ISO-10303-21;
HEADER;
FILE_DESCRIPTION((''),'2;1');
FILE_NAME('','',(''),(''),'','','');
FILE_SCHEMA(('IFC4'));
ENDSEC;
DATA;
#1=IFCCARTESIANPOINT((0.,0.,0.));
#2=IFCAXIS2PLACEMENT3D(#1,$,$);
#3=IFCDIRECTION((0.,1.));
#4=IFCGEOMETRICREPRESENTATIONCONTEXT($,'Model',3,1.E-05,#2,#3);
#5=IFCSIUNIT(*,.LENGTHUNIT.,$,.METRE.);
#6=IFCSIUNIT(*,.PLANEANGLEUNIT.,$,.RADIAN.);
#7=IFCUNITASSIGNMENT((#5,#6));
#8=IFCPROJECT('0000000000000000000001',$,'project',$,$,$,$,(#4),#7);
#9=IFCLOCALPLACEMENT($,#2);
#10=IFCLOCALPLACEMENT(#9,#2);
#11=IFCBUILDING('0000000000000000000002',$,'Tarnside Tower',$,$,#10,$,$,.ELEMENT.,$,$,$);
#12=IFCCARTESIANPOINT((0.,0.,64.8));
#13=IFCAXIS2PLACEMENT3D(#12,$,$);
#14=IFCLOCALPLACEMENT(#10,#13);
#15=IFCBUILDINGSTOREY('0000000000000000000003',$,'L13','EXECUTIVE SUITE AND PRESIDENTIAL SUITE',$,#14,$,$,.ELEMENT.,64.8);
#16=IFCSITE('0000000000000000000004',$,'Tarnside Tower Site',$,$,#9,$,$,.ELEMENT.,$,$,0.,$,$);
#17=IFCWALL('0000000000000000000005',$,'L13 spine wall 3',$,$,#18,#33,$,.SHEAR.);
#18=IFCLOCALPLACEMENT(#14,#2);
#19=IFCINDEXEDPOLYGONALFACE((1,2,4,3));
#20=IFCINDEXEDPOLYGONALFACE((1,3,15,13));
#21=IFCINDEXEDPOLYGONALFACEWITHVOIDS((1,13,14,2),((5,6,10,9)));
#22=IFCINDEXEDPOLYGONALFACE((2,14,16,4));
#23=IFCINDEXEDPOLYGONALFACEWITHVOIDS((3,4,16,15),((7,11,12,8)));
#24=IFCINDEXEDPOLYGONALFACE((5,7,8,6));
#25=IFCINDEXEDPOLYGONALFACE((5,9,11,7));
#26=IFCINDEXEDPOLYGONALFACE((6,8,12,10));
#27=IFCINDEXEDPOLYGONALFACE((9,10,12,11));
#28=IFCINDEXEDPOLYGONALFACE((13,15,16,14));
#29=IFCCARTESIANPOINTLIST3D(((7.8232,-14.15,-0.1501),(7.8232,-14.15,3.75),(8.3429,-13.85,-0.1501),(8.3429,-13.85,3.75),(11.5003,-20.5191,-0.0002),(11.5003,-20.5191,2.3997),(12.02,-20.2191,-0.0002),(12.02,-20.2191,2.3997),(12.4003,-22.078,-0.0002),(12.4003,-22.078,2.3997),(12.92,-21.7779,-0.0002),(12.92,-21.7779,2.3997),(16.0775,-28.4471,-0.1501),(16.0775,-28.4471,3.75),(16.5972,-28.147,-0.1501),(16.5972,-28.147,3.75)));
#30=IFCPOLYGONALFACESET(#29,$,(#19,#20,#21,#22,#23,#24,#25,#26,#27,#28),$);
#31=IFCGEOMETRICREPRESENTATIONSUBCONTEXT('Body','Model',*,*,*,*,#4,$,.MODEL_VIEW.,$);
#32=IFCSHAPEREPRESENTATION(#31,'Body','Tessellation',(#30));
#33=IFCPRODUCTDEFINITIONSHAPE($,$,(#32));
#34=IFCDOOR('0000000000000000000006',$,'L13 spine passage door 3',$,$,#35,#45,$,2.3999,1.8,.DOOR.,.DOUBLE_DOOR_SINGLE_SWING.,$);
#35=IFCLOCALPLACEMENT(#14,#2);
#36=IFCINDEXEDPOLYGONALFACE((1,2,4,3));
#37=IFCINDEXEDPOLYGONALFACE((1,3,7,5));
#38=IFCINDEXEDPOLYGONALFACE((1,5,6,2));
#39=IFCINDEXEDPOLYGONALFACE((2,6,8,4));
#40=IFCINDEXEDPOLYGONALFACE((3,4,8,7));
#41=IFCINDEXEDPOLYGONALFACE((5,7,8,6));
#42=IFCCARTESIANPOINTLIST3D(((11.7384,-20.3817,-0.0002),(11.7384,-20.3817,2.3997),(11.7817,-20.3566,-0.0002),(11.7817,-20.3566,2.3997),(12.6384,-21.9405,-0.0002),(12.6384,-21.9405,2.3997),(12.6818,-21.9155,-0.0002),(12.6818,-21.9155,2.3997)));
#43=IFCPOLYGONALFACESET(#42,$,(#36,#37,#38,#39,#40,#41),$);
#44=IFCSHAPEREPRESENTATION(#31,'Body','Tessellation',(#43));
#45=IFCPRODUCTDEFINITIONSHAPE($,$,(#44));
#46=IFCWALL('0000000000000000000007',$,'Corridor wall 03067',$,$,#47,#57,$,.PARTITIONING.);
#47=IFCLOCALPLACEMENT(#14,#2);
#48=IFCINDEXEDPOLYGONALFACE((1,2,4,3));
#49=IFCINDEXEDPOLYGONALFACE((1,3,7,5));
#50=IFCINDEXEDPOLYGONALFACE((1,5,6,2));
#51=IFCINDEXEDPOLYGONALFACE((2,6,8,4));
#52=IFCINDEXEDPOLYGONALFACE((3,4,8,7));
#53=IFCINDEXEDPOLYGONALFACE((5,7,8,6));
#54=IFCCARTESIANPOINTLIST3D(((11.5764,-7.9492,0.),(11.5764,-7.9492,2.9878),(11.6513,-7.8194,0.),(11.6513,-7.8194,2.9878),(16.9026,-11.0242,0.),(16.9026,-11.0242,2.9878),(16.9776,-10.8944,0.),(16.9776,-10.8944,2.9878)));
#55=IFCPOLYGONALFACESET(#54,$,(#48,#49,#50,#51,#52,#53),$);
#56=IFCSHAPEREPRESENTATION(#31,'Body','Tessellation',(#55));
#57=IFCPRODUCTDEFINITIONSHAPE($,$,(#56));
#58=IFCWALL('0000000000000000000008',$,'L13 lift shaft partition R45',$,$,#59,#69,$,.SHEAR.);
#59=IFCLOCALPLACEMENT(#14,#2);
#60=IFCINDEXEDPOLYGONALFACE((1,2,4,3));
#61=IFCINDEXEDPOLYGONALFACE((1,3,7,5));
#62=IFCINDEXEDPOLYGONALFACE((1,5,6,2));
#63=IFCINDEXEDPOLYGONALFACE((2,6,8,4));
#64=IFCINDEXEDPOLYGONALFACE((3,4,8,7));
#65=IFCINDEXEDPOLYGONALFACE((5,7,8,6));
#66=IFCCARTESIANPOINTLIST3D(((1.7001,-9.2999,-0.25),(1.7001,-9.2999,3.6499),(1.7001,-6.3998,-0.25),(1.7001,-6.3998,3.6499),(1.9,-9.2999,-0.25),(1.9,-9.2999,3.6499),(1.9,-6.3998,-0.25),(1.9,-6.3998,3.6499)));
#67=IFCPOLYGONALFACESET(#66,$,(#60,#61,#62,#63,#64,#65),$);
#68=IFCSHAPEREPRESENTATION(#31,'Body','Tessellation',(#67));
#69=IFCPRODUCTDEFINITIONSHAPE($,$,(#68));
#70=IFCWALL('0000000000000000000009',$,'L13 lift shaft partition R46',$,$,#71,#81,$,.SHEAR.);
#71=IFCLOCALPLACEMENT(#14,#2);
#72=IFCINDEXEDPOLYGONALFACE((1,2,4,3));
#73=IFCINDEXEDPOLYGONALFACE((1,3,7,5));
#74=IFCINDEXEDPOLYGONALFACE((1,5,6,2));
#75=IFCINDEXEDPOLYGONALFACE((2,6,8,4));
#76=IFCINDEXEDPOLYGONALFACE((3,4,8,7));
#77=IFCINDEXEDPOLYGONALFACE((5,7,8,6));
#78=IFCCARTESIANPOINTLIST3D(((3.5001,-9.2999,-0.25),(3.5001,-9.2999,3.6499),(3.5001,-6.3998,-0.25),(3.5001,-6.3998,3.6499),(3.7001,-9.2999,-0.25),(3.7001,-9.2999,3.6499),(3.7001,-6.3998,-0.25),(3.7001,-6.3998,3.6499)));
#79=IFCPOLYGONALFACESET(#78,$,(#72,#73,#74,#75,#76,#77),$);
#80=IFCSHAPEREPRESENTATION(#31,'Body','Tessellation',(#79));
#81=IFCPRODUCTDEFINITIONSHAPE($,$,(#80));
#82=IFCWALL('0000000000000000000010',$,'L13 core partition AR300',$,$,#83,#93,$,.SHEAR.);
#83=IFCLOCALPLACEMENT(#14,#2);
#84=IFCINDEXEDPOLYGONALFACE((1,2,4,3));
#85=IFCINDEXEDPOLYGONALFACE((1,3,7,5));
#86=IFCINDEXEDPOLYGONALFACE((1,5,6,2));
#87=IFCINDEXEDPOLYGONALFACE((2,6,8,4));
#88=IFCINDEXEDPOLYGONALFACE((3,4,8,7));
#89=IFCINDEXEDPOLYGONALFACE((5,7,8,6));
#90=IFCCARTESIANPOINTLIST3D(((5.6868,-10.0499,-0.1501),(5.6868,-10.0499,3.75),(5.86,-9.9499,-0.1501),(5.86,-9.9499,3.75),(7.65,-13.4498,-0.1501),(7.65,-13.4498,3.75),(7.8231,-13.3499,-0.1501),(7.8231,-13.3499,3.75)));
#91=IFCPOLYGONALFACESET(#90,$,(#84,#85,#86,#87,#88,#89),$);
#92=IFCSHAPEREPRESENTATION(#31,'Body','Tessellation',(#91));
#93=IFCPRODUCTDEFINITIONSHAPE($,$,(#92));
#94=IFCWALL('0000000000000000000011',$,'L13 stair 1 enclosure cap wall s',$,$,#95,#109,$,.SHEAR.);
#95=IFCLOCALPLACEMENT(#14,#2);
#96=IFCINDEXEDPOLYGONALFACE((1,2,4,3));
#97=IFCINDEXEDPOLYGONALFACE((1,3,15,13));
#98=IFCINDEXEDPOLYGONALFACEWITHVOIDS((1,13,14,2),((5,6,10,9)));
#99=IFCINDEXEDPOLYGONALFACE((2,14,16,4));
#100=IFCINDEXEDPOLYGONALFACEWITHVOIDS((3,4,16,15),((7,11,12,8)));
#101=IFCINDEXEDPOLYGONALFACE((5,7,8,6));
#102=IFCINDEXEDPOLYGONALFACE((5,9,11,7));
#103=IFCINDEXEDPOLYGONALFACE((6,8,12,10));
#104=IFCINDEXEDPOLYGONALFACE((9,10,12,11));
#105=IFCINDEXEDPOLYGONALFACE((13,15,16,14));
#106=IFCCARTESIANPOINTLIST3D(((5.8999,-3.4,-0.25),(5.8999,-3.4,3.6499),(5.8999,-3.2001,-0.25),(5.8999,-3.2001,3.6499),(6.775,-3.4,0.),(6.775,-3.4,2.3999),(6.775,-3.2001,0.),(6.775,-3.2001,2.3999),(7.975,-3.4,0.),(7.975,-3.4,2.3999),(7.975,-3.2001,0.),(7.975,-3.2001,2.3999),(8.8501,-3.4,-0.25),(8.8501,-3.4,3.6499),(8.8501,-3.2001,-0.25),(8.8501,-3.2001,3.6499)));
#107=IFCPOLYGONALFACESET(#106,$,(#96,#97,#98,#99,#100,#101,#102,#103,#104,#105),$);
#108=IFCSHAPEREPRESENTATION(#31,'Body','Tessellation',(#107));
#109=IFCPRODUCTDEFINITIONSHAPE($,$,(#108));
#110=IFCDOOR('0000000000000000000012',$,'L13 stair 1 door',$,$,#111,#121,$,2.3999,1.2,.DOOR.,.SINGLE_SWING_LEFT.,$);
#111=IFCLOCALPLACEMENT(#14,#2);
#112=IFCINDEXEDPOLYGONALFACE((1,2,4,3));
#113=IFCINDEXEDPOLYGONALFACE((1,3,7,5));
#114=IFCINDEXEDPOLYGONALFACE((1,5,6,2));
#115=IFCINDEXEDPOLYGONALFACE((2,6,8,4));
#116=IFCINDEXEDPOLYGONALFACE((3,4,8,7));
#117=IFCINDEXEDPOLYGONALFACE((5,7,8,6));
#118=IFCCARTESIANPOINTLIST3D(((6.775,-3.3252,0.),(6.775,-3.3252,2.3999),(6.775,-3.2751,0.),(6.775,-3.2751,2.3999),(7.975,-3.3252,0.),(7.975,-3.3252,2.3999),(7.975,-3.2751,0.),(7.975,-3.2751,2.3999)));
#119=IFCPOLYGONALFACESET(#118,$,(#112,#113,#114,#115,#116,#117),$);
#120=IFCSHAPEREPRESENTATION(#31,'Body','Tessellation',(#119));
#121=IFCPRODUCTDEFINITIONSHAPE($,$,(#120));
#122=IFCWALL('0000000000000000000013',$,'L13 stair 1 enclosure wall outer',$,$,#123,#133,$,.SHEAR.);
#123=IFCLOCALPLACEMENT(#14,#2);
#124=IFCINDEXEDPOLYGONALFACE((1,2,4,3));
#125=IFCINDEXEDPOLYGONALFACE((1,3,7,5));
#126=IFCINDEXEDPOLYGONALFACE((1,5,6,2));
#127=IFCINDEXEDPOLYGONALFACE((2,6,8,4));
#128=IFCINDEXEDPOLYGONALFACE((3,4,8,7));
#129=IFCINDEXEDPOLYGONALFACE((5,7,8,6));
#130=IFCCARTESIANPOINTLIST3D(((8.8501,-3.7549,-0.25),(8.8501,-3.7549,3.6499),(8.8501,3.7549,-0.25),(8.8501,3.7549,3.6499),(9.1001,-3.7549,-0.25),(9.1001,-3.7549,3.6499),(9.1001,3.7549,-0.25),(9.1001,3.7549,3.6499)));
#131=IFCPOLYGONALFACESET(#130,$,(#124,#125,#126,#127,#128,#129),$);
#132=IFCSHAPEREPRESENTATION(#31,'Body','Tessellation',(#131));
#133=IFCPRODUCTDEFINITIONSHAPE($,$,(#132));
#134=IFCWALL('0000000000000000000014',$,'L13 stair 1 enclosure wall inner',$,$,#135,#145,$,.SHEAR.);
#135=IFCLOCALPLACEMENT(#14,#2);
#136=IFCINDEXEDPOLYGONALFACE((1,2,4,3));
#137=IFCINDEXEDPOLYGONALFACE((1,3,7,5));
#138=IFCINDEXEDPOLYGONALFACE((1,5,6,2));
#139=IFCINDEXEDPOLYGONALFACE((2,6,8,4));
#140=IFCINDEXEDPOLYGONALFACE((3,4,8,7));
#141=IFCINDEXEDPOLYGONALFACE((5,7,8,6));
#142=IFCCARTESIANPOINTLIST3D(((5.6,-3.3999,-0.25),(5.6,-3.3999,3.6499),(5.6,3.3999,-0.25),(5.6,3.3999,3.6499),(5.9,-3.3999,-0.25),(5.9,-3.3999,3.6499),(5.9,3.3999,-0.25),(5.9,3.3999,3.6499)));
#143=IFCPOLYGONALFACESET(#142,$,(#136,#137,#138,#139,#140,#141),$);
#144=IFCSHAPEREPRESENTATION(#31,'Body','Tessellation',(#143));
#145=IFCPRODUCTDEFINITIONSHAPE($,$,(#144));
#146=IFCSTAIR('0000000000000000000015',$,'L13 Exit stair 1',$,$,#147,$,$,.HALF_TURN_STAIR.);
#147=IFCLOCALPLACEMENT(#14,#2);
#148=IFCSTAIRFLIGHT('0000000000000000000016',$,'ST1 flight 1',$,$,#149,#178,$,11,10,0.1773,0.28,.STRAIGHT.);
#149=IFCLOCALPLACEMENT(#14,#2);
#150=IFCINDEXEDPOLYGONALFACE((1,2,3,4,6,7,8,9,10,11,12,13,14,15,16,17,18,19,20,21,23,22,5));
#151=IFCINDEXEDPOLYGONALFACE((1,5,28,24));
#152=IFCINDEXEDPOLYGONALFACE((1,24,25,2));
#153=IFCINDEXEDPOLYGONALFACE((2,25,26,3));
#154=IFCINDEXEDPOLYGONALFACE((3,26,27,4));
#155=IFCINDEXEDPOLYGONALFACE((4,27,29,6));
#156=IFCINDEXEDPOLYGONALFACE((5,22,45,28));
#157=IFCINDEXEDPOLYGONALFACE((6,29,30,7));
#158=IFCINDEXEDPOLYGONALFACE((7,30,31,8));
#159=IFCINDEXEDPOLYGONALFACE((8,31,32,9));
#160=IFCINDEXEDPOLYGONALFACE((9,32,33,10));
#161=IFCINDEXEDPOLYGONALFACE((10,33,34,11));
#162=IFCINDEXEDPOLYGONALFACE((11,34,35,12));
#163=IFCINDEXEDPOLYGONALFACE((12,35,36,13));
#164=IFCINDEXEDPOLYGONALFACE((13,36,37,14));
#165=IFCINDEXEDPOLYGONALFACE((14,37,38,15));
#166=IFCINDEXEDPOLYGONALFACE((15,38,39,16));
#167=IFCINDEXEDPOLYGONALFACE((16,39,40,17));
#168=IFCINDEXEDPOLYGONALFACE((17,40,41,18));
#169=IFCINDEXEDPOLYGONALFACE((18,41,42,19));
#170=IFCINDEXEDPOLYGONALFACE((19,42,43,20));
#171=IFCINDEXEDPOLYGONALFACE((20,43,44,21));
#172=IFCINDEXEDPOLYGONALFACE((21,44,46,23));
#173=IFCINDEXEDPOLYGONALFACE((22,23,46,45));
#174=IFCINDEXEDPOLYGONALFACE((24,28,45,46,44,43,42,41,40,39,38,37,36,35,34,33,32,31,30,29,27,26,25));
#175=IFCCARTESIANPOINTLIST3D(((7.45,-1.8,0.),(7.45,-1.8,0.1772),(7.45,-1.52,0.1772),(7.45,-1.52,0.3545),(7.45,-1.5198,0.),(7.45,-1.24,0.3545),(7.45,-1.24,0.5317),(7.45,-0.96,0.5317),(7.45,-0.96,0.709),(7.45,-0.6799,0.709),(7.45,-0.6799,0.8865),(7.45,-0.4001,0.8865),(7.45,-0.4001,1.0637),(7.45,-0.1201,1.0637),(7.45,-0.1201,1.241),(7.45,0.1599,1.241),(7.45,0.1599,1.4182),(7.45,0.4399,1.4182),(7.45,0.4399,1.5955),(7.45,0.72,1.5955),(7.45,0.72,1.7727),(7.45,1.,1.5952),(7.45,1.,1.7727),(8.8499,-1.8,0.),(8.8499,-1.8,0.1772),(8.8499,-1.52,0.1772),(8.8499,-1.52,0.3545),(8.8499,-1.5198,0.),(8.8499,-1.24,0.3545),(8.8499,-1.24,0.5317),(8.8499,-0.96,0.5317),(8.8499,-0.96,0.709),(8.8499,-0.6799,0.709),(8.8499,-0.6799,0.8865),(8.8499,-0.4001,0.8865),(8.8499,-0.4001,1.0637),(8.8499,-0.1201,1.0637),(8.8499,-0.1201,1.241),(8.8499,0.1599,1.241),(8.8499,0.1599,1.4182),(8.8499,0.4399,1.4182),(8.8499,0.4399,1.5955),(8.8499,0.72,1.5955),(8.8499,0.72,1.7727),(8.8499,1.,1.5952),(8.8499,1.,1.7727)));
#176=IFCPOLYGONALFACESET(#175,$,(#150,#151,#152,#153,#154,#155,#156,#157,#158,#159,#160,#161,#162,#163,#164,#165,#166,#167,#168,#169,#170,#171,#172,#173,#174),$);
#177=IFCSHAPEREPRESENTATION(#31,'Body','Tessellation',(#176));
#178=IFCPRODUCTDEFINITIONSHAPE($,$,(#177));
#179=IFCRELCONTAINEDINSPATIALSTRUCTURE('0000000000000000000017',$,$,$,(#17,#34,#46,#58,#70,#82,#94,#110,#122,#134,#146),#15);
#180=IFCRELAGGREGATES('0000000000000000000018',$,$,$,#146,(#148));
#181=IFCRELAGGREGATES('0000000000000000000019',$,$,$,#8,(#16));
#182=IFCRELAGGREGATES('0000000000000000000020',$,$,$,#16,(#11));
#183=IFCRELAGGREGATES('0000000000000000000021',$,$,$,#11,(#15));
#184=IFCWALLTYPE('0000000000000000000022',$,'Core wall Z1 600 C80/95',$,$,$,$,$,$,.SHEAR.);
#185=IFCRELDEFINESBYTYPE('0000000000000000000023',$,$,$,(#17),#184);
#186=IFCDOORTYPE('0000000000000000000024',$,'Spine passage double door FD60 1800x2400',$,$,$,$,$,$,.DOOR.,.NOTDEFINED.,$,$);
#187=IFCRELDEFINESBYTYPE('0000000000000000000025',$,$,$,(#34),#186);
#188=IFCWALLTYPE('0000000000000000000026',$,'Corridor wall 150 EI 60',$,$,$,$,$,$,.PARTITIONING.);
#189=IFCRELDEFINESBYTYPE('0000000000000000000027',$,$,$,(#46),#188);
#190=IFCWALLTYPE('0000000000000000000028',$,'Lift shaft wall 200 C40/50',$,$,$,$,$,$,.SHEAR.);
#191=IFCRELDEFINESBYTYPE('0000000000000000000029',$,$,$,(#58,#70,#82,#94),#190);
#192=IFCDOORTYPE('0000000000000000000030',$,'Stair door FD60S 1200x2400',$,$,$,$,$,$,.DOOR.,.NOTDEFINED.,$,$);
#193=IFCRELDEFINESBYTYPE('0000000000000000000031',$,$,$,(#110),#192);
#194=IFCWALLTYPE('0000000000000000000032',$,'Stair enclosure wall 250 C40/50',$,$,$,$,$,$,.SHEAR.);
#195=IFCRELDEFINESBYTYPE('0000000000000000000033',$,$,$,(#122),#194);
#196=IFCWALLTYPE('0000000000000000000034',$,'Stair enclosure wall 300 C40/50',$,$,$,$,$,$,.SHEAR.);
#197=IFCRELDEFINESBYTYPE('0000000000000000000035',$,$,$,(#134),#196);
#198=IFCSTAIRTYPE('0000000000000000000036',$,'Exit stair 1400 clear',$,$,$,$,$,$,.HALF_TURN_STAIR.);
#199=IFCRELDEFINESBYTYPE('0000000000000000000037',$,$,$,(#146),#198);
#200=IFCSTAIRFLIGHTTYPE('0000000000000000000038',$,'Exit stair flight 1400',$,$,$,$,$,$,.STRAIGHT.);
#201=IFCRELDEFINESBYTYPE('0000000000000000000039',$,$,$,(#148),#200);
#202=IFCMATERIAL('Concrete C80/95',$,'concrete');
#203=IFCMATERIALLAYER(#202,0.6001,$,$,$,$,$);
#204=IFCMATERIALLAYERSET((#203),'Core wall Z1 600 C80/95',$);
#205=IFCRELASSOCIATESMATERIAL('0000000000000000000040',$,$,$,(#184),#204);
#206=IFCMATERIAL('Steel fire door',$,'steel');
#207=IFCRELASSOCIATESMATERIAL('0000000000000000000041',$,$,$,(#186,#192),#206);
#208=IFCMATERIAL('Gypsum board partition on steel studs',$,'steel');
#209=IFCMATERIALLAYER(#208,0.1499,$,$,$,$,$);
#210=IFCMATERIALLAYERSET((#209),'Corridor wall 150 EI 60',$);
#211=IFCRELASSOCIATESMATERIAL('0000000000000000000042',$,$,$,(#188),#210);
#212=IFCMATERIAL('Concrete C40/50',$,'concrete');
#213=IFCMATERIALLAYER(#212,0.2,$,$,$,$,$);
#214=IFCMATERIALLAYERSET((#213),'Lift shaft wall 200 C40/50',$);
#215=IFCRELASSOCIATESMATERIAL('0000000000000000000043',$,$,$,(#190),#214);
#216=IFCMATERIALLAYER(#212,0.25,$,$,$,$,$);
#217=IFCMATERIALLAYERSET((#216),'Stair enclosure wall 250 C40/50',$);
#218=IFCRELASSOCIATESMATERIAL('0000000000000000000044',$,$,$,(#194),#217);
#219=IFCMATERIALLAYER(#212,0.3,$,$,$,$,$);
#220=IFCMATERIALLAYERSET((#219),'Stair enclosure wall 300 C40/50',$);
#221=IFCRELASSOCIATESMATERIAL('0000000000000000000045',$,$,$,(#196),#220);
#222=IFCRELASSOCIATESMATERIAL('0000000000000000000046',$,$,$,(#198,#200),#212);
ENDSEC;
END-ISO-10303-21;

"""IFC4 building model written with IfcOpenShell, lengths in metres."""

from ifc_helpers import new_model, si_unit, direction, frame, frame_2d, origin, place, context, subcontext, project, spatial, polyline, rectangle, outline, extrude, material, layer, layer_set, type_object, element, fill, aggregate, save


model = new_model("IFC4")

# Units and contexts
model_context = context("Model", 3, precision=1e-05, world=origin(), true_north=direction((0.0, 1.0)))
body_context = subcontext(model_context, "Body", "Model", "MODEL_VIEW")
ifc_project = project(units=[si_unit("LENGTHUNIT", "METRE"), si_unit("PLANEANGLEUNIT", "RADIAN")], contexts=[model_context])

# Site, building, storey
site_placement = place(None, origin())
site = spatial("IfcSite", under=ifc_project, at=site_placement, Name="Tarnside Tower Site", CompositionType="ELEMENT", RefElevation=0.0)
building_placement = place(site_placement, origin())
building = spatial("IfcBuilding", under=site, at=building_placement, Name="Tarnside Tower", CompositionType="ELEMENT")
storey_placement = place(building_placement, frame((0.0, 0.0, 64.8)))
storey = spatial("IfcBuildingStorey", under=building, at=storey_placement, Name="L13", Description="EXECUTIVE SUITE AND PRESIDENTIAL SUITE", CompositionType="ELEMENT", Elevation=64.8)

# Shared definitions
ifc_material_1 = material(Name="Concrete C40/50", Category="concrete")

# Wall, opening, door
ifc_material_2 = material(Name="Steel fire door", Category="steel")
ifc_material_3 = material(Name="Concrete C80/95", Category="concrete")
ifc_layer_1 = layer(ifc_material_3, 0.6001)
ifc_layer_set_1 = layer_set([ifc_layer_1], Name="Core wall Z1 600 C80/95")
wall_type_1 = type_object("IfcWallType", Name="Core wall Z1 600 C80/95", PredefinedType="SHEAR", material=ifc_layer_set_1)
wall_1_placement = place(storey_placement, frame((8.083, -14.0, -0.1501), z_axis=(0.0, 0.0, 1.0), x_axis=(0.499998, -0.866027, 0.0)))
wall_1 = element("IfcWall", 1, at=wall_1_placement, inside=storey, type_object=wall_type_1, Name="L13 spine wall 3", PredefinedType="SHEAR", context=body_context, shape_type="SweptSolid", body=[
    extrude(rectangle(XDim=16.5088, YDim=0.6001, at=frame_2d((8.2544, 0.0))), origin(), (0.0, 0.0, 1.0), 3.9001),
])
opening_1_placement = place(wall_1_placement, frame((7.3545, 0.0, 0.1499)))
opening_1 = element("IfcOpeningElement", 2, at=opening_1_placement, cuts=wall_1, PredefinedType="OPENING", context=body_context, shape_type="SweptSolid", body=[
    extrude(rectangle(XDim=1.8, YDim=2.3999, at=frame_2d((0.8999, 1.2))), frame((0.0, 0.3101, 0.0), z_axis=(0.0, -1.0, 0.0), x_axis=(1.0, 0.0, 0.0)), (0.0, 0.0, 1.0), 0.6201),
])
door_type_1 = type_object("IfcDoorType", Name="Spine passage double door FD60 1800x2400", OperationType="NOTDEFINED", PredefinedType="DOOR", material=ifc_material_2)
door_1_placement = place(opening_1_placement, origin())
door_1 = element("IfcDoor", 3, at=door_1_placement, inside=storey, type_object=door_type_1, Name="L13 spine passage door 3", OperationType="DOUBLE_DOOR_SINGLE_SWING", OverallHeight=2.3999, OverallWidth=1.8, PredefinedType="DOOR", context=body_context, shape_type="SweptSolid", body=[
    extrude(rectangle(XDim=1.8, YDim=2.3999, at=frame_2d((0.8999, 1.2))), frame((0.0, 0.0249, 0.0), z_axis=(0.0, -1.0, 0.0), x_axis=(1.0, 0.0, 0.0)), (0.0, 0.0, 1.0), 0.05),
])
fill(opening_1, door_1)

# Walls
ifc_material_4 = material(Name="Gypsum board partition on steel studs", Category="steel")
ifc_layer_2 = layer(ifc_material_4, 0.1499)
ifc_layer_set_2 = layer_set([ifc_layer_2], Name="Corridor wall 150 EI 60")
wall_type_2 = type_object("IfcWallType", Name="Corridor wall 150 EI 60", PredefinedType="PARTITIONING", material=ifc_layer_set_2)
wall_2_placement = place(storey_placement, frame((11.6138, -7.8843, 0.0), z_axis=(0.0, 0.0, 1.0), x_axis=(0.866034, -0.499986, 0.0)))
element("IfcWall", 4, at=wall_2_placement, inside=storey, type_object=wall_type_2, Name="Corridor wall 03067", PredefinedType="PARTITIONING", context=body_context, shape_type="SweptSolid", body=[
    extrude(rectangle(XDim=6.1501, YDim=0.1499, at=frame_2d((3.0752, 0.0))), origin(), (0.0, 0.0, 1.0), 2.9878),
])
ifc_layer_3 = layer(ifc_material_1, 0.2)
ifc_layer_set_3 = layer_set([ifc_layer_3], Name="Lift shaft wall 200 C40/50")
wall_type_3 = type_object("IfcWallType", Name="Lift shaft wall 200 C40/50", PredefinedType="SHEAR", material=ifc_layer_set_3)
for number, where, z_axis, x_axis, name in (
    (5, (1.8, -9.3, -0.25), (0.0, 0.0, 1.0), (0.0, 1.0, 0.0), "L13 lift shaft partition R45"),
    (6, (3.6001, -9.3, -0.25), (0.0, 0.0, 1.0), (0.0, 1.0, 0.0), "L13 lift shaft partition R46"),
):
    element("IfcWall", number, at=place(storey_placement, frame(where, z_axis=z_axis, x_axis=x_axis)), inside=storey, type_object=wall_type_3, Name=name, PredefinedType="SHEAR", context=body_context, shape_type="SweptSolid", body=[
        extrude(rectangle(XDim=2.9001, YDim=0.2, at=frame_2d((1.4502, 0.0))), origin(), (0.0, 0.0, 1.0), 3.8999),
    ])
wall_3_placement = place(storey_placement, frame((5.7734, -10.0, -0.1501), z_axis=(0.0, 0.0, 1.0), x_axis=(0.500038, -0.866003, 0.0)))
element("IfcWall", 7, at=wall_3_placement, inside=storey, type_object=wall_type_3, Name="L13 core partition AR300", PredefinedType="SHEAR", context=body_context, shape_type="SweptSolid", body=[
    extrude(rectangle(XDim=3.926, YDim=0.2, at=frame_2d((1.9629, 0.0))), origin(), (0.0, 0.0, 1.0), 3.9001),
])

# Wall, opening, door
wall_4_placement = place(storey_placement, frame((5.8999, -3.3, -0.25), z_axis=(0.0, 0.0, 1.0), x_axis=(1.0, 0.0, 0.0)))
wall_4 = element("IfcWall", 8, at=wall_4_placement, inside=storey, type_object=wall_type_3, Name="L13 stair 1 enclosure cap wall s", PredefinedType="SHEAR", context=body_context, shape_type="SweptSolid", body=[
    extrude(rectangle(XDim=2.9502, YDim=0.2, at=frame_2d((1.4751, 0.0))), origin(), (0.0, 0.0, 1.0), 3.8999),
])
opening_2_placement = place(wall_4_placement, frame((0.875, 0.0, 0.25)))
opening_2 = element("IfcOpeningElement", 9, at=opening_2_placement, cuts=wall_4, PredefinedType="OPENING", context=body_context, shape_type="SweptSolid", body=[
    extrude(rectangle(XDim=1.2, YDim=2.3999, at=frame_2d((0.6001, 1.2))), frame((0.0, 0.1099, 0.0), z_axis=(0.0, -1.0, 0.0), x_axis=(1.0, 0.0, 0.0)), (0.0, 0.0, 1.0), 0.22),
])
door_type_2 = type_object("IfcDoorType", Name="Stair door FD60S 1200x2400", OperationType="NOTDEFINED", PredefinedType="DOOR", material=ifc_material_2)
door_2_placement = place(opening_2_placement, origin())
door_2 = element("IfcDoor", 10, at=door_2_placement, inside=storey, type_object=door_type_2, Name="L13 stair 1 door", OperationType="SINGLE_SWING_LEFT", OverallHeight=2.3999, OverallWidth=1.2, PredefinedType="DOOR", context=body_context, shape_type="SweptSolid", body=[
    extrude(rectangle(XDim=1.2, YDim=2.3999, at=frame_2d((0.6001, 1.2))), frame((0.0, 0.0249, 0.0), z_axis=(0.0, -1.0, 0.0), x_axis=(1.0, 0.0, 0.0)), (0.0, 0.0, 1.0), 0.05),
])
fill(opening_2, door_2)

# Walls
ifc_layer_4 = layer(ifc_material_1, 0.25)
ifc_layer_set_4 = layer_set([ifc_layer_4], Name="Stair enclosure wall 250 C40/50")
wall_type_4 = type_object("IfcWallType", Name="Stair enclosure wall 250 C40/50", PredefinedType="SHEAR", material=ifc_layer_set_4)
wall_5_placement = place(storey_placement, frame((8.9751, -3.7549, -0.25), z_axis=(0.0, 0.0, 1.0), x_axis=(0.0, 1.0, 0.0)))
element("IfcWall", 11, at=wall_5_placement, inside=storey, type_object=wall_type_4, Name="L13 stair 1 enclosure wall outer", PredefinedType="SHEAR", context=body_context, shape_type="SweptSolid", body=[
    extrude(rectangle(XDim=7.5098, YDim=0.25, at=frame_2d((3.7549, 0.0))), origin(), (0.0, 0.0, 1.0), 3.8999),
])
ifc_layer_5 = layer(ifc_material_1, 0.3)
ifc_layer_set_5 = layer_set([ifc_layer_5], Name="Stair enclosure wall 300 C40/50")
wall_type_5 = type_object("IfcWallType", Name="Stair enclosure wall 300 C40/50", PredefinedType="SHEAR", material=ifc_layer_set_5)
wall_6_placement = place(storey_placement, frame((5.75, -3.3999, -0.25), z_axis=(0.0, 0.0, 1.0), x_axis=(0.0, 1.0, 0.0)))
element("IfcWall", 12, at=wall_6_placement, inside=storey, type_object=wall_type_5, Name="L13 stair 1 enclosure wall inner", PredefinedType="SHEAR", context=body_context, shape_type="SweptSolid", body=[
    extrude(rectangle(XDim=6.7998, YDim=0.3, at=frame_2d((3.3999, 0.0))), origin(), (0.0, 0.0, 1.0), 3.8999),
])

# Stair, stair flight
stair_type = type_object("IfcStairType", Name="Exit stair 1400 clear", PredefinedType="HALF_TURN_STAIR", material=ifc_material_1)
stair_placement = place(storey_placement, origin())
stair = element("IfcStair", 13, at=stair_placement, inside=storey, type_object=stair_type, Name="L13 Exit stair 1", PredefinedType="HALF_TURN_STAIR")
stair_flight_type = type_object("IfcStairFlightType", Name="Exit stair flight 1400", PredefinedType="STRAIGHT", material=ifc_material_1)
stair_flight_placement = place(storey_placement, frame((8.1499, -1.8, 0.0), z_axis=(0.0, 0.0, 1.0), x_axis=(0.0, 1.0, 0.0)))
stair_flight = element("IfcStairFlight", 14, at=stair_flight_placement, type_object=stair_flight_type, Name="ST1 flight 1", NumberOfRisers=11, NumberOfTreads=10, PredefinedType="STRAIGHT", RiserHeight=0.1773, TreadLength=0.28, context=body_context, shape_type="SweptSolid", body=[
    extrude(outline(polyline([(0.0, 0.0), (0.0, 0.1772), (0.28, 0.1772), (0.28, 0.3545), (0.5601, 0.3545), (0.5601, 0.5317), (0.8401, 0.5317), (0.8401, 0.709), (1.1201, 0.709), (1.1201, 0.8865), (1.3999, 0.8865), (1.3999, 1.0637), (1.6799, 1.0637), (1.6799, 1.241), (1.96, 1.241), (1.96, 1.4182), (2.24, 1.4182), (2.24, 1.5955), (2.52, 1.5955), (2.52, 1.7727), (2.8, 1.7727), (2.8, 1.95), (2.8, 1.5952), (0.2803, 0.0), (0.0, 0.0)])), frame((0.0, 0.7, 0.0), z_axis=(0.0, -1.0, 0.0), x_axis=(1.0, 0.0, 0.0)), (0.0, 0.0, 1.0), 1.3999),
])
aggregate(stair, [stair_flight])

save(model, "model.ifc")
